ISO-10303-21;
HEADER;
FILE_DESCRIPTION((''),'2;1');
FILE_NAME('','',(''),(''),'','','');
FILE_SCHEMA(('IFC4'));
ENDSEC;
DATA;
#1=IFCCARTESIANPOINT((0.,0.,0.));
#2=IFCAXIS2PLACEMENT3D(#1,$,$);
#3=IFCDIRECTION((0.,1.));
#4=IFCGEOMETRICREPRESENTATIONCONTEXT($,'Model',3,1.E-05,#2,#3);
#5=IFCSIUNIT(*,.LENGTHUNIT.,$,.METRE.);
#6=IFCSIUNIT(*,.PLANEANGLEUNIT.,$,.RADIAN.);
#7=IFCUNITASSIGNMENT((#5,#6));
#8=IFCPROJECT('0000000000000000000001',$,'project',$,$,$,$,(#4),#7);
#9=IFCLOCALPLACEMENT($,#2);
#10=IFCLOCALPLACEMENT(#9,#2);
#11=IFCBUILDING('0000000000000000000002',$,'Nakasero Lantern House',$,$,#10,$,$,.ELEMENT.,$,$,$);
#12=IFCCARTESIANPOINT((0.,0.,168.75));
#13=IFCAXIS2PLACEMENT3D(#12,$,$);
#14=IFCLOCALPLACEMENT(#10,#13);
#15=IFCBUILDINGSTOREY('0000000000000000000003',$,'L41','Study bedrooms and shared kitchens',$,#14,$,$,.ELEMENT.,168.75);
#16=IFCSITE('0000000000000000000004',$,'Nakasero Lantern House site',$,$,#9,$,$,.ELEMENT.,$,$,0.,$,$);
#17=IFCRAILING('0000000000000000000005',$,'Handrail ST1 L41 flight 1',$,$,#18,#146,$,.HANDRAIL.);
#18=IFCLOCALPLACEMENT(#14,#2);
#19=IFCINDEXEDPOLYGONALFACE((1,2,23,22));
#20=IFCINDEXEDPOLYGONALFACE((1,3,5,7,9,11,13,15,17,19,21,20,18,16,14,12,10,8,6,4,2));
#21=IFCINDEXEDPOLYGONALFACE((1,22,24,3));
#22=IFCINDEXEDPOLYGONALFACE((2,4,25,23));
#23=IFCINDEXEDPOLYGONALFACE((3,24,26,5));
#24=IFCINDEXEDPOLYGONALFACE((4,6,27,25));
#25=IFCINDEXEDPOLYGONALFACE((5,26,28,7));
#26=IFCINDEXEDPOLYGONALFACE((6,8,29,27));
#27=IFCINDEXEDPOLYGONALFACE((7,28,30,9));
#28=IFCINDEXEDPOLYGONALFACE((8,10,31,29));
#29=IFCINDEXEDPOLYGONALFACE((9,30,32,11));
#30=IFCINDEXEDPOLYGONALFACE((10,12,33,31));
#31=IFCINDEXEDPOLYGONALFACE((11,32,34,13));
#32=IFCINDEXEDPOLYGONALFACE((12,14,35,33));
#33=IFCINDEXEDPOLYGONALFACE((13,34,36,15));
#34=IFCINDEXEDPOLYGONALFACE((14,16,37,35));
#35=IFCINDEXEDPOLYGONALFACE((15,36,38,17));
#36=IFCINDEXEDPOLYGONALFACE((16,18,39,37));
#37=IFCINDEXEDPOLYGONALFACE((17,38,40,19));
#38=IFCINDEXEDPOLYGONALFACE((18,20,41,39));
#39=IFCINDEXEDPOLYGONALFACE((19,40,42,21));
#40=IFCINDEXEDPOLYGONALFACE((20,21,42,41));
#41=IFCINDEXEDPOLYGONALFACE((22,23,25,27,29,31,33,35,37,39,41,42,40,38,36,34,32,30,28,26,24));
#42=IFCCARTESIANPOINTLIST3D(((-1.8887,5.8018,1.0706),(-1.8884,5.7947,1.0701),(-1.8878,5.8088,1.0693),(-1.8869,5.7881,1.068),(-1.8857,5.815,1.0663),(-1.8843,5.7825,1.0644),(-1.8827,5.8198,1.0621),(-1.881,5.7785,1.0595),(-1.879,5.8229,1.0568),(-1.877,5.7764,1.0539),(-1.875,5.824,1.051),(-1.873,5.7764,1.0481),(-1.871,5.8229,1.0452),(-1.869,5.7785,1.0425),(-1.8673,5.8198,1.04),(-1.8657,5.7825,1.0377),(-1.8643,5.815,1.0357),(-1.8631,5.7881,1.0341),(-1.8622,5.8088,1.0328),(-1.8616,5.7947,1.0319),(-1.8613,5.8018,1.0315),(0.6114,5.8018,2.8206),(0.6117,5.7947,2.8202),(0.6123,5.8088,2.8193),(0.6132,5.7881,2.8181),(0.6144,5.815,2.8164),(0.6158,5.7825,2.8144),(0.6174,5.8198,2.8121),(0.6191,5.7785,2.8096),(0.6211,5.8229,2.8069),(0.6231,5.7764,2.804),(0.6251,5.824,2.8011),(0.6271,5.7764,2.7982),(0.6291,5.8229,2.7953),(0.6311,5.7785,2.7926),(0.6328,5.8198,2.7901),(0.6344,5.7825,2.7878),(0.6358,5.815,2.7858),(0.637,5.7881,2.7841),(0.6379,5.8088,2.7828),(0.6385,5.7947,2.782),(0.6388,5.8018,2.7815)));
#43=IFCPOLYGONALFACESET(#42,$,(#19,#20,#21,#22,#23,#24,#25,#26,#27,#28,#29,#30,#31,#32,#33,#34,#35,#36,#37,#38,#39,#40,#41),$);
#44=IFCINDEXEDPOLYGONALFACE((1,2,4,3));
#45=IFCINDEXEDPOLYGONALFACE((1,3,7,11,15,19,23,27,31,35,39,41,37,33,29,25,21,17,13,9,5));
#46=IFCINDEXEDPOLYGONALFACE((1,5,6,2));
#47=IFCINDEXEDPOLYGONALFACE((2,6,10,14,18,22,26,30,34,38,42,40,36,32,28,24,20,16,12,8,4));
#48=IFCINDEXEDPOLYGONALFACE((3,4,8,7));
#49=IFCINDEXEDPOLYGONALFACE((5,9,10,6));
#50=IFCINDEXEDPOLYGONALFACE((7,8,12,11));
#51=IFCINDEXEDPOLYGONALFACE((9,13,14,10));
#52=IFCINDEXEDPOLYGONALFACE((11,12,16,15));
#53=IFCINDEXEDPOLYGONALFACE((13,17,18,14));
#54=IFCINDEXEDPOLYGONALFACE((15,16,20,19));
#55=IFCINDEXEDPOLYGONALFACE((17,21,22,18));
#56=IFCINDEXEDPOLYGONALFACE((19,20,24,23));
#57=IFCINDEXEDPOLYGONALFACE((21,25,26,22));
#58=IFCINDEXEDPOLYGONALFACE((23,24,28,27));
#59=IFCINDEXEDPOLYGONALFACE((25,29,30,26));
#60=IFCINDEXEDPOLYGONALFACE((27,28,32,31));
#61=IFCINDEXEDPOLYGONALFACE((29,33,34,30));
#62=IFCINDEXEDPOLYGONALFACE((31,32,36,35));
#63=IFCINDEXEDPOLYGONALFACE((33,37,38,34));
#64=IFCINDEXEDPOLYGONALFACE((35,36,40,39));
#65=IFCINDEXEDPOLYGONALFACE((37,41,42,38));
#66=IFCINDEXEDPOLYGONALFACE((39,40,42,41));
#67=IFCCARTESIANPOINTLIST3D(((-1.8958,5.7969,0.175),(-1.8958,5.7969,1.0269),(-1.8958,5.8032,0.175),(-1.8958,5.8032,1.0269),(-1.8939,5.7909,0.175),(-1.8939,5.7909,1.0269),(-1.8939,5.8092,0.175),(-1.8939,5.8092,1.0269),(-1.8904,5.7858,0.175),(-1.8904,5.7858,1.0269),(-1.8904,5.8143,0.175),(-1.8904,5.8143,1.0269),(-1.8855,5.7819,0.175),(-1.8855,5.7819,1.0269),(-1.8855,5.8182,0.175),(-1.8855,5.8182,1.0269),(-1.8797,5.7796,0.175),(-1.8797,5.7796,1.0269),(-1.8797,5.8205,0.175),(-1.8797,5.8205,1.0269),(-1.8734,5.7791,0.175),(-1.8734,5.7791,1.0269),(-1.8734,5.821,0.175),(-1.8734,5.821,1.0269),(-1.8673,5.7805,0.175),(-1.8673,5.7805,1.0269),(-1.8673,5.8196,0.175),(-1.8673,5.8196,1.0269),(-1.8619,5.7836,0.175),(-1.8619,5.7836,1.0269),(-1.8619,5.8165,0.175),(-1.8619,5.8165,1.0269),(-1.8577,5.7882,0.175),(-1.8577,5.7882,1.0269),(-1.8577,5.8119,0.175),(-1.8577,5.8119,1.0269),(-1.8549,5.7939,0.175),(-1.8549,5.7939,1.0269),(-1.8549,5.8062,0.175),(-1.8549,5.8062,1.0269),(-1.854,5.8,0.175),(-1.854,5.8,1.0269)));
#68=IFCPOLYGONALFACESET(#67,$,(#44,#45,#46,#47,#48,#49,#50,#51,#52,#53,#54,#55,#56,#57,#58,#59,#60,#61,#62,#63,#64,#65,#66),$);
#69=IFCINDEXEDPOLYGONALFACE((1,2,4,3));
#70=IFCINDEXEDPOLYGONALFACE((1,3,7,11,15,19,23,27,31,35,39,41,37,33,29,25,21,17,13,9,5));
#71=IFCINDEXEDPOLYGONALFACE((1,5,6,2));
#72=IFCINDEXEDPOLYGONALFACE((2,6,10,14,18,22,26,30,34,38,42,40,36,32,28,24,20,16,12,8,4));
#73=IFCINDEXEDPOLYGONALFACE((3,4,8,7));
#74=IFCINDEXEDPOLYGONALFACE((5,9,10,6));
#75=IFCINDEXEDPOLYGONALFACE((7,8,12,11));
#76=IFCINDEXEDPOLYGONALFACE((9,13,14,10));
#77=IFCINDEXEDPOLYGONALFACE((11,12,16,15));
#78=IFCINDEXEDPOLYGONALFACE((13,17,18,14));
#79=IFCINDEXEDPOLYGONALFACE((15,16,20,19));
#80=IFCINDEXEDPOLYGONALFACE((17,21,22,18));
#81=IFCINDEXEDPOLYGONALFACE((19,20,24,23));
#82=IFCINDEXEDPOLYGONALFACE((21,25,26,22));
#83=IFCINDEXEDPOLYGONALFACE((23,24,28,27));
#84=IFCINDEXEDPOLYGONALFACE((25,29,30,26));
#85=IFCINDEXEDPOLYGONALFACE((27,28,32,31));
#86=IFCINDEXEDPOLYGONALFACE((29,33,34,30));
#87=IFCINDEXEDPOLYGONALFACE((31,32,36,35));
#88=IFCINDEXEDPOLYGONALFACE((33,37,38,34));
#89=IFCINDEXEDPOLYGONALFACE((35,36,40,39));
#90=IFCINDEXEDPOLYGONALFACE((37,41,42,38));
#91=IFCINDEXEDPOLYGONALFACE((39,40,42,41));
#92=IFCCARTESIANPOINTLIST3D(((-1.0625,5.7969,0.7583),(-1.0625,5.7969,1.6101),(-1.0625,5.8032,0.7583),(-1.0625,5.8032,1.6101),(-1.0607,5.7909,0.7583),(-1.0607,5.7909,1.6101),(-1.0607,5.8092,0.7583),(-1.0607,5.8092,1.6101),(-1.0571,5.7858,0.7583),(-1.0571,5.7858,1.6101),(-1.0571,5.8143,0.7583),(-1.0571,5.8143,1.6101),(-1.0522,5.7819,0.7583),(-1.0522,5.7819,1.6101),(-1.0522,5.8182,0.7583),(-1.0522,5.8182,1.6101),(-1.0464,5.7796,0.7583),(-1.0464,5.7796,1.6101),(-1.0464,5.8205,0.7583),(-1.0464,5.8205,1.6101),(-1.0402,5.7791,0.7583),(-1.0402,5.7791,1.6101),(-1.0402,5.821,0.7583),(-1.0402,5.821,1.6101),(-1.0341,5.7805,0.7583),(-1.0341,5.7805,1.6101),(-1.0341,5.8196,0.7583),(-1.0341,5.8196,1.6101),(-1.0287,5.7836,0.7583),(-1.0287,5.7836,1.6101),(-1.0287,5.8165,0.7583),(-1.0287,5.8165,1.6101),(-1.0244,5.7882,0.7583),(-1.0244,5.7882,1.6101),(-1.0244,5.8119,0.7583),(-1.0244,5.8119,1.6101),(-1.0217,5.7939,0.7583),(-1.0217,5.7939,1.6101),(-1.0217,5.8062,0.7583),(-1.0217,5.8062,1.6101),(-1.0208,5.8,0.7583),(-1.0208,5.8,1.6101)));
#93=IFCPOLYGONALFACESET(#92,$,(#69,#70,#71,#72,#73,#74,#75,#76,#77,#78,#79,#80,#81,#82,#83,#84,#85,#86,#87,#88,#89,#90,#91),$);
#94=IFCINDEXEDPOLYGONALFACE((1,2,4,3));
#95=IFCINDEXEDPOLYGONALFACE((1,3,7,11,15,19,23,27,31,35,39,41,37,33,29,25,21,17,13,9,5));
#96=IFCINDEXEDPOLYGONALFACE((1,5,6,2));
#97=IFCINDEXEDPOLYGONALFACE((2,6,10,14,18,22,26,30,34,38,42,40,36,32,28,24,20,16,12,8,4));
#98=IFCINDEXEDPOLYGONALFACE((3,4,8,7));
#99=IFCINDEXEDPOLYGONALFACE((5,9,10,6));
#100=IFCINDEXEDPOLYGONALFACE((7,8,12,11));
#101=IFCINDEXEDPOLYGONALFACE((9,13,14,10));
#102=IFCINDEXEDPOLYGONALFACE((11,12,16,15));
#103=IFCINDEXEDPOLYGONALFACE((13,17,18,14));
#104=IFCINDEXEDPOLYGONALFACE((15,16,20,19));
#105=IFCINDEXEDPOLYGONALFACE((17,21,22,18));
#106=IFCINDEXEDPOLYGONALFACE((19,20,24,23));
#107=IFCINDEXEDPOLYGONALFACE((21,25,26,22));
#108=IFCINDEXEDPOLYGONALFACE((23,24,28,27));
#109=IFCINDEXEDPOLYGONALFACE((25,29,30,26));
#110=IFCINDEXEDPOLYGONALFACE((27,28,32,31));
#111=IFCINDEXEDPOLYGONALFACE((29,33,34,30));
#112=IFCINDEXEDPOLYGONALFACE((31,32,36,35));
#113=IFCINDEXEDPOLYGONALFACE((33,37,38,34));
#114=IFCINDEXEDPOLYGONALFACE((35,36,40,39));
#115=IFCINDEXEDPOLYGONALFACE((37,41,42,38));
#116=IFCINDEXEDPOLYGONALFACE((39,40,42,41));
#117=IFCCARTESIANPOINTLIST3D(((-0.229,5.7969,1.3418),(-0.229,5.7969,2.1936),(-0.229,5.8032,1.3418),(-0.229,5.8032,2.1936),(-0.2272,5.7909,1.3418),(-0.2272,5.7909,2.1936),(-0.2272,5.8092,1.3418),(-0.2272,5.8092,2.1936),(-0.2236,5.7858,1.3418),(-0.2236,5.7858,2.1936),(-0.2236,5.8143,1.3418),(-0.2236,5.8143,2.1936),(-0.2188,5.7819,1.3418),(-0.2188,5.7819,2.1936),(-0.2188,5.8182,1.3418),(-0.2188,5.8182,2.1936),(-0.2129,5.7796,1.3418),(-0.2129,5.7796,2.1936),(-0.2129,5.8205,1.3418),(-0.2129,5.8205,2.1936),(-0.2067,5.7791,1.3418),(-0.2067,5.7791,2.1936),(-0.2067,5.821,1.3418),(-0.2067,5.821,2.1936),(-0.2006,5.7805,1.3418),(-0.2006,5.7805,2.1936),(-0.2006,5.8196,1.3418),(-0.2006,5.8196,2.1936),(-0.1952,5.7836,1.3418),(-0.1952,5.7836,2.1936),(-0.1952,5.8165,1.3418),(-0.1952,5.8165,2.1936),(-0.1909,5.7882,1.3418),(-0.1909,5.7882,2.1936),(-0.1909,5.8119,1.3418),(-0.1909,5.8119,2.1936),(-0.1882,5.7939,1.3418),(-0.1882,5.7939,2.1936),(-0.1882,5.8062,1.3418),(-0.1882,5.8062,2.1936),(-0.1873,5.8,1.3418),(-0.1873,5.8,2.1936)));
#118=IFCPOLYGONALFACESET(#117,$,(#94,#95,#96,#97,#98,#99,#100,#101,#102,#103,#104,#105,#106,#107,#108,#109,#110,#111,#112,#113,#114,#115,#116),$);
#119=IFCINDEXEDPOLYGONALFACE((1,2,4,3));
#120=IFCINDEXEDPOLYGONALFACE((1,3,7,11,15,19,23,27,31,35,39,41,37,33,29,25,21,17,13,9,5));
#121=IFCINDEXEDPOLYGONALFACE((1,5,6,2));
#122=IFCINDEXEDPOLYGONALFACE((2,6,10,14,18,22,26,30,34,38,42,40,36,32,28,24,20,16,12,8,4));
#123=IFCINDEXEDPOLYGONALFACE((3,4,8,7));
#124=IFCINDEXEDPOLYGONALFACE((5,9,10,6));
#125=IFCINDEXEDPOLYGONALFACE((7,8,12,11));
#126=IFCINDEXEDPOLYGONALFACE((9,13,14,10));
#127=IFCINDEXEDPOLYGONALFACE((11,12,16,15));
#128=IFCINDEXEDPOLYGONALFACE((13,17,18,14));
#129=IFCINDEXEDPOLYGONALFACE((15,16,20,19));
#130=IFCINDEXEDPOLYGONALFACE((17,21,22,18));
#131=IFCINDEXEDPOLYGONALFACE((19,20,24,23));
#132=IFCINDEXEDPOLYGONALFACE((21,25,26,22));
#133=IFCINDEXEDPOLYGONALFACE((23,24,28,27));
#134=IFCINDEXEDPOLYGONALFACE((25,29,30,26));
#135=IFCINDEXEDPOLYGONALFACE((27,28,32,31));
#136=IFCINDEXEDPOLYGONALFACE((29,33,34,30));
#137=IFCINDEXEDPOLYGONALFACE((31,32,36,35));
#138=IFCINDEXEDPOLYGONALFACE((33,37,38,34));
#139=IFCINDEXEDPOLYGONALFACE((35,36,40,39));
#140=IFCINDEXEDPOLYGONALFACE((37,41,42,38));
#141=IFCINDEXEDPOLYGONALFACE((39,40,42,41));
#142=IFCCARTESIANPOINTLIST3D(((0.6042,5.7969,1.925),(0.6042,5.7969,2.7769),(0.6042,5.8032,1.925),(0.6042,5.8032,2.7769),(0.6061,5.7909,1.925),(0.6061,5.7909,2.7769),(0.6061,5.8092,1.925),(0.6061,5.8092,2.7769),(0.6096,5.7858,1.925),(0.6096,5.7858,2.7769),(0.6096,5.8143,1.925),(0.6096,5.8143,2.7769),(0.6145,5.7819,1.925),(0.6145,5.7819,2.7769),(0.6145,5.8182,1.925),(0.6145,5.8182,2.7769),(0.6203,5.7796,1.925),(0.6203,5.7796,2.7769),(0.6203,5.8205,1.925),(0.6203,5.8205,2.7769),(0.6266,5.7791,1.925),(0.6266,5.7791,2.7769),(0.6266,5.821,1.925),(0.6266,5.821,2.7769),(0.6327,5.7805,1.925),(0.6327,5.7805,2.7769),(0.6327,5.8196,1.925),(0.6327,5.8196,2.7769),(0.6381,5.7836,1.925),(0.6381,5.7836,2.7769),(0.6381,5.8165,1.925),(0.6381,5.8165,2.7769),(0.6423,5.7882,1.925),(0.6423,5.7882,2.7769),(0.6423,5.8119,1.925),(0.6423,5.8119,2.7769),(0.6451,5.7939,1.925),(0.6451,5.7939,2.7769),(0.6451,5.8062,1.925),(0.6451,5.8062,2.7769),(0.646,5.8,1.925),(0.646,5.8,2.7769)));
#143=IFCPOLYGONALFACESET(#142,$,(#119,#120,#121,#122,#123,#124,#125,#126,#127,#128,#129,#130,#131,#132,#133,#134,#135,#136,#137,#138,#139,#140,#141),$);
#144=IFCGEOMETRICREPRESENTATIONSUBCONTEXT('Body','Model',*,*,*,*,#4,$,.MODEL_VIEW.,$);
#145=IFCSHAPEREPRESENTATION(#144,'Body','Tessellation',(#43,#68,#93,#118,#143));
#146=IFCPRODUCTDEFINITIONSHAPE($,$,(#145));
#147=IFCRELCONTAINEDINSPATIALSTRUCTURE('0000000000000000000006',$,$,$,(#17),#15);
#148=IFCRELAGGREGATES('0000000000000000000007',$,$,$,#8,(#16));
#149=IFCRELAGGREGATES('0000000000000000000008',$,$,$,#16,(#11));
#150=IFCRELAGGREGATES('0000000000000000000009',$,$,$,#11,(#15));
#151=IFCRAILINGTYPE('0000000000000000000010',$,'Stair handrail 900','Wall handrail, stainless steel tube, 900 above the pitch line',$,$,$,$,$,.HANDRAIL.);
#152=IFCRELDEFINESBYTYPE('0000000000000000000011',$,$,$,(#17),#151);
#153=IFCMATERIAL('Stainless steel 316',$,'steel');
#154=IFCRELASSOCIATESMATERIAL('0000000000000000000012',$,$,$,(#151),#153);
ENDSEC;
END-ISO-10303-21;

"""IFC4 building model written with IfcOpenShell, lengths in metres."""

from ifc_helpers import new_model, si_unit, direction, frame, origin, origin_2d, place, context, subcontext, project, spatial, circle, extrude, material, type_object, element, save


model = new_model("IFC4")

# Units and contexts
model_context = context("Model", 3, precision=1e-05, world=origin(), true_north=direction((0.0, 1.0)))
body_context = subcontext(model_context, "Body", "Model", "MODEL_VIEW")
ifc_project = project(units=[si_unit("LENGTHUNIT", "METRE"), si_unit("PLANEANGLEUNIT", "RADIAN")], contexts=[model_context])

# Site, building, storey
site_placement = place(None, origin())
site = spatial("IfcSite", under=ifc_project, at=site_placement, Name="Nakasero Lantern House site", CompositionType="ELEMENT", RefElevation=0.0)
building_placement = place(site_placement, origin())
building = spatial("IfcBuilding", under=site, at=building_placement, Name="Nakasero Lantern House", CompositionType="ELEMENT")
storey_placement = place(building_placement, frame((0.0, 0.0, 168.75)))
storey = spatial("IfcBuildingStorey", under=building, at=storey_placement, Name="L41", Description="Study bedrooms and shared kitchens", CompositionType="ELEMENT", Elevation=168.75)

# Railing
ifc_material_1 = material(Name="Stainless steel 316", Category="steel")
railing_type = type_object("IfcRailingType", Name="Stair handrail 900", Description="Wall handrail, stainless steel tube, 900 above the pitch line", PredefinedType="HANDRAIL", material=ifc_material_1)
railing_placement = place(storey_placement, frame((-1.875, 5.8, 0.175)))
element("IfcRailing", 1, at=railing_placement, inside=storey, type_object=railing_type, Name="Handrail ST1 L41 flight 1", PredefinedType="HANDRAIL", context=body_context, shape_type="SweptSolid", body=[
    extrude(circle(Radius=0.0239, at=origin_2d()), frame((0.0, 0.0, 0.876), z_axis=(0.819232, 0.0, 0.573462), x_axis=(0.0, 1.0, 0.0)), (0.0, 0.0, 1.0), 3.0518),
    extrude(circle(Radius=0.021, at=origin_2d()), origin(), (0.0, 0.0, 1.0), 0.8518),
    extrude(circle(Radius=0.021, at=origin_2d()), frame((0.8333, 0.0, 0.5833)), (0.0, 0.0, 1.0), 0.8518),
    extrude(circle(Radius=0.021, at=origin_2d()), frame((1.6667, 0.0, 1.1667)), (0.0, 0.0, 1.0), 0.8518),
    extrude(circle(Radius=0.021, at=origin_2d()), frame((2.5, 0.0, 1.75)), (0.0, 0.0, 1.0), 0.8518),
])

save(model, "model.ifc")
